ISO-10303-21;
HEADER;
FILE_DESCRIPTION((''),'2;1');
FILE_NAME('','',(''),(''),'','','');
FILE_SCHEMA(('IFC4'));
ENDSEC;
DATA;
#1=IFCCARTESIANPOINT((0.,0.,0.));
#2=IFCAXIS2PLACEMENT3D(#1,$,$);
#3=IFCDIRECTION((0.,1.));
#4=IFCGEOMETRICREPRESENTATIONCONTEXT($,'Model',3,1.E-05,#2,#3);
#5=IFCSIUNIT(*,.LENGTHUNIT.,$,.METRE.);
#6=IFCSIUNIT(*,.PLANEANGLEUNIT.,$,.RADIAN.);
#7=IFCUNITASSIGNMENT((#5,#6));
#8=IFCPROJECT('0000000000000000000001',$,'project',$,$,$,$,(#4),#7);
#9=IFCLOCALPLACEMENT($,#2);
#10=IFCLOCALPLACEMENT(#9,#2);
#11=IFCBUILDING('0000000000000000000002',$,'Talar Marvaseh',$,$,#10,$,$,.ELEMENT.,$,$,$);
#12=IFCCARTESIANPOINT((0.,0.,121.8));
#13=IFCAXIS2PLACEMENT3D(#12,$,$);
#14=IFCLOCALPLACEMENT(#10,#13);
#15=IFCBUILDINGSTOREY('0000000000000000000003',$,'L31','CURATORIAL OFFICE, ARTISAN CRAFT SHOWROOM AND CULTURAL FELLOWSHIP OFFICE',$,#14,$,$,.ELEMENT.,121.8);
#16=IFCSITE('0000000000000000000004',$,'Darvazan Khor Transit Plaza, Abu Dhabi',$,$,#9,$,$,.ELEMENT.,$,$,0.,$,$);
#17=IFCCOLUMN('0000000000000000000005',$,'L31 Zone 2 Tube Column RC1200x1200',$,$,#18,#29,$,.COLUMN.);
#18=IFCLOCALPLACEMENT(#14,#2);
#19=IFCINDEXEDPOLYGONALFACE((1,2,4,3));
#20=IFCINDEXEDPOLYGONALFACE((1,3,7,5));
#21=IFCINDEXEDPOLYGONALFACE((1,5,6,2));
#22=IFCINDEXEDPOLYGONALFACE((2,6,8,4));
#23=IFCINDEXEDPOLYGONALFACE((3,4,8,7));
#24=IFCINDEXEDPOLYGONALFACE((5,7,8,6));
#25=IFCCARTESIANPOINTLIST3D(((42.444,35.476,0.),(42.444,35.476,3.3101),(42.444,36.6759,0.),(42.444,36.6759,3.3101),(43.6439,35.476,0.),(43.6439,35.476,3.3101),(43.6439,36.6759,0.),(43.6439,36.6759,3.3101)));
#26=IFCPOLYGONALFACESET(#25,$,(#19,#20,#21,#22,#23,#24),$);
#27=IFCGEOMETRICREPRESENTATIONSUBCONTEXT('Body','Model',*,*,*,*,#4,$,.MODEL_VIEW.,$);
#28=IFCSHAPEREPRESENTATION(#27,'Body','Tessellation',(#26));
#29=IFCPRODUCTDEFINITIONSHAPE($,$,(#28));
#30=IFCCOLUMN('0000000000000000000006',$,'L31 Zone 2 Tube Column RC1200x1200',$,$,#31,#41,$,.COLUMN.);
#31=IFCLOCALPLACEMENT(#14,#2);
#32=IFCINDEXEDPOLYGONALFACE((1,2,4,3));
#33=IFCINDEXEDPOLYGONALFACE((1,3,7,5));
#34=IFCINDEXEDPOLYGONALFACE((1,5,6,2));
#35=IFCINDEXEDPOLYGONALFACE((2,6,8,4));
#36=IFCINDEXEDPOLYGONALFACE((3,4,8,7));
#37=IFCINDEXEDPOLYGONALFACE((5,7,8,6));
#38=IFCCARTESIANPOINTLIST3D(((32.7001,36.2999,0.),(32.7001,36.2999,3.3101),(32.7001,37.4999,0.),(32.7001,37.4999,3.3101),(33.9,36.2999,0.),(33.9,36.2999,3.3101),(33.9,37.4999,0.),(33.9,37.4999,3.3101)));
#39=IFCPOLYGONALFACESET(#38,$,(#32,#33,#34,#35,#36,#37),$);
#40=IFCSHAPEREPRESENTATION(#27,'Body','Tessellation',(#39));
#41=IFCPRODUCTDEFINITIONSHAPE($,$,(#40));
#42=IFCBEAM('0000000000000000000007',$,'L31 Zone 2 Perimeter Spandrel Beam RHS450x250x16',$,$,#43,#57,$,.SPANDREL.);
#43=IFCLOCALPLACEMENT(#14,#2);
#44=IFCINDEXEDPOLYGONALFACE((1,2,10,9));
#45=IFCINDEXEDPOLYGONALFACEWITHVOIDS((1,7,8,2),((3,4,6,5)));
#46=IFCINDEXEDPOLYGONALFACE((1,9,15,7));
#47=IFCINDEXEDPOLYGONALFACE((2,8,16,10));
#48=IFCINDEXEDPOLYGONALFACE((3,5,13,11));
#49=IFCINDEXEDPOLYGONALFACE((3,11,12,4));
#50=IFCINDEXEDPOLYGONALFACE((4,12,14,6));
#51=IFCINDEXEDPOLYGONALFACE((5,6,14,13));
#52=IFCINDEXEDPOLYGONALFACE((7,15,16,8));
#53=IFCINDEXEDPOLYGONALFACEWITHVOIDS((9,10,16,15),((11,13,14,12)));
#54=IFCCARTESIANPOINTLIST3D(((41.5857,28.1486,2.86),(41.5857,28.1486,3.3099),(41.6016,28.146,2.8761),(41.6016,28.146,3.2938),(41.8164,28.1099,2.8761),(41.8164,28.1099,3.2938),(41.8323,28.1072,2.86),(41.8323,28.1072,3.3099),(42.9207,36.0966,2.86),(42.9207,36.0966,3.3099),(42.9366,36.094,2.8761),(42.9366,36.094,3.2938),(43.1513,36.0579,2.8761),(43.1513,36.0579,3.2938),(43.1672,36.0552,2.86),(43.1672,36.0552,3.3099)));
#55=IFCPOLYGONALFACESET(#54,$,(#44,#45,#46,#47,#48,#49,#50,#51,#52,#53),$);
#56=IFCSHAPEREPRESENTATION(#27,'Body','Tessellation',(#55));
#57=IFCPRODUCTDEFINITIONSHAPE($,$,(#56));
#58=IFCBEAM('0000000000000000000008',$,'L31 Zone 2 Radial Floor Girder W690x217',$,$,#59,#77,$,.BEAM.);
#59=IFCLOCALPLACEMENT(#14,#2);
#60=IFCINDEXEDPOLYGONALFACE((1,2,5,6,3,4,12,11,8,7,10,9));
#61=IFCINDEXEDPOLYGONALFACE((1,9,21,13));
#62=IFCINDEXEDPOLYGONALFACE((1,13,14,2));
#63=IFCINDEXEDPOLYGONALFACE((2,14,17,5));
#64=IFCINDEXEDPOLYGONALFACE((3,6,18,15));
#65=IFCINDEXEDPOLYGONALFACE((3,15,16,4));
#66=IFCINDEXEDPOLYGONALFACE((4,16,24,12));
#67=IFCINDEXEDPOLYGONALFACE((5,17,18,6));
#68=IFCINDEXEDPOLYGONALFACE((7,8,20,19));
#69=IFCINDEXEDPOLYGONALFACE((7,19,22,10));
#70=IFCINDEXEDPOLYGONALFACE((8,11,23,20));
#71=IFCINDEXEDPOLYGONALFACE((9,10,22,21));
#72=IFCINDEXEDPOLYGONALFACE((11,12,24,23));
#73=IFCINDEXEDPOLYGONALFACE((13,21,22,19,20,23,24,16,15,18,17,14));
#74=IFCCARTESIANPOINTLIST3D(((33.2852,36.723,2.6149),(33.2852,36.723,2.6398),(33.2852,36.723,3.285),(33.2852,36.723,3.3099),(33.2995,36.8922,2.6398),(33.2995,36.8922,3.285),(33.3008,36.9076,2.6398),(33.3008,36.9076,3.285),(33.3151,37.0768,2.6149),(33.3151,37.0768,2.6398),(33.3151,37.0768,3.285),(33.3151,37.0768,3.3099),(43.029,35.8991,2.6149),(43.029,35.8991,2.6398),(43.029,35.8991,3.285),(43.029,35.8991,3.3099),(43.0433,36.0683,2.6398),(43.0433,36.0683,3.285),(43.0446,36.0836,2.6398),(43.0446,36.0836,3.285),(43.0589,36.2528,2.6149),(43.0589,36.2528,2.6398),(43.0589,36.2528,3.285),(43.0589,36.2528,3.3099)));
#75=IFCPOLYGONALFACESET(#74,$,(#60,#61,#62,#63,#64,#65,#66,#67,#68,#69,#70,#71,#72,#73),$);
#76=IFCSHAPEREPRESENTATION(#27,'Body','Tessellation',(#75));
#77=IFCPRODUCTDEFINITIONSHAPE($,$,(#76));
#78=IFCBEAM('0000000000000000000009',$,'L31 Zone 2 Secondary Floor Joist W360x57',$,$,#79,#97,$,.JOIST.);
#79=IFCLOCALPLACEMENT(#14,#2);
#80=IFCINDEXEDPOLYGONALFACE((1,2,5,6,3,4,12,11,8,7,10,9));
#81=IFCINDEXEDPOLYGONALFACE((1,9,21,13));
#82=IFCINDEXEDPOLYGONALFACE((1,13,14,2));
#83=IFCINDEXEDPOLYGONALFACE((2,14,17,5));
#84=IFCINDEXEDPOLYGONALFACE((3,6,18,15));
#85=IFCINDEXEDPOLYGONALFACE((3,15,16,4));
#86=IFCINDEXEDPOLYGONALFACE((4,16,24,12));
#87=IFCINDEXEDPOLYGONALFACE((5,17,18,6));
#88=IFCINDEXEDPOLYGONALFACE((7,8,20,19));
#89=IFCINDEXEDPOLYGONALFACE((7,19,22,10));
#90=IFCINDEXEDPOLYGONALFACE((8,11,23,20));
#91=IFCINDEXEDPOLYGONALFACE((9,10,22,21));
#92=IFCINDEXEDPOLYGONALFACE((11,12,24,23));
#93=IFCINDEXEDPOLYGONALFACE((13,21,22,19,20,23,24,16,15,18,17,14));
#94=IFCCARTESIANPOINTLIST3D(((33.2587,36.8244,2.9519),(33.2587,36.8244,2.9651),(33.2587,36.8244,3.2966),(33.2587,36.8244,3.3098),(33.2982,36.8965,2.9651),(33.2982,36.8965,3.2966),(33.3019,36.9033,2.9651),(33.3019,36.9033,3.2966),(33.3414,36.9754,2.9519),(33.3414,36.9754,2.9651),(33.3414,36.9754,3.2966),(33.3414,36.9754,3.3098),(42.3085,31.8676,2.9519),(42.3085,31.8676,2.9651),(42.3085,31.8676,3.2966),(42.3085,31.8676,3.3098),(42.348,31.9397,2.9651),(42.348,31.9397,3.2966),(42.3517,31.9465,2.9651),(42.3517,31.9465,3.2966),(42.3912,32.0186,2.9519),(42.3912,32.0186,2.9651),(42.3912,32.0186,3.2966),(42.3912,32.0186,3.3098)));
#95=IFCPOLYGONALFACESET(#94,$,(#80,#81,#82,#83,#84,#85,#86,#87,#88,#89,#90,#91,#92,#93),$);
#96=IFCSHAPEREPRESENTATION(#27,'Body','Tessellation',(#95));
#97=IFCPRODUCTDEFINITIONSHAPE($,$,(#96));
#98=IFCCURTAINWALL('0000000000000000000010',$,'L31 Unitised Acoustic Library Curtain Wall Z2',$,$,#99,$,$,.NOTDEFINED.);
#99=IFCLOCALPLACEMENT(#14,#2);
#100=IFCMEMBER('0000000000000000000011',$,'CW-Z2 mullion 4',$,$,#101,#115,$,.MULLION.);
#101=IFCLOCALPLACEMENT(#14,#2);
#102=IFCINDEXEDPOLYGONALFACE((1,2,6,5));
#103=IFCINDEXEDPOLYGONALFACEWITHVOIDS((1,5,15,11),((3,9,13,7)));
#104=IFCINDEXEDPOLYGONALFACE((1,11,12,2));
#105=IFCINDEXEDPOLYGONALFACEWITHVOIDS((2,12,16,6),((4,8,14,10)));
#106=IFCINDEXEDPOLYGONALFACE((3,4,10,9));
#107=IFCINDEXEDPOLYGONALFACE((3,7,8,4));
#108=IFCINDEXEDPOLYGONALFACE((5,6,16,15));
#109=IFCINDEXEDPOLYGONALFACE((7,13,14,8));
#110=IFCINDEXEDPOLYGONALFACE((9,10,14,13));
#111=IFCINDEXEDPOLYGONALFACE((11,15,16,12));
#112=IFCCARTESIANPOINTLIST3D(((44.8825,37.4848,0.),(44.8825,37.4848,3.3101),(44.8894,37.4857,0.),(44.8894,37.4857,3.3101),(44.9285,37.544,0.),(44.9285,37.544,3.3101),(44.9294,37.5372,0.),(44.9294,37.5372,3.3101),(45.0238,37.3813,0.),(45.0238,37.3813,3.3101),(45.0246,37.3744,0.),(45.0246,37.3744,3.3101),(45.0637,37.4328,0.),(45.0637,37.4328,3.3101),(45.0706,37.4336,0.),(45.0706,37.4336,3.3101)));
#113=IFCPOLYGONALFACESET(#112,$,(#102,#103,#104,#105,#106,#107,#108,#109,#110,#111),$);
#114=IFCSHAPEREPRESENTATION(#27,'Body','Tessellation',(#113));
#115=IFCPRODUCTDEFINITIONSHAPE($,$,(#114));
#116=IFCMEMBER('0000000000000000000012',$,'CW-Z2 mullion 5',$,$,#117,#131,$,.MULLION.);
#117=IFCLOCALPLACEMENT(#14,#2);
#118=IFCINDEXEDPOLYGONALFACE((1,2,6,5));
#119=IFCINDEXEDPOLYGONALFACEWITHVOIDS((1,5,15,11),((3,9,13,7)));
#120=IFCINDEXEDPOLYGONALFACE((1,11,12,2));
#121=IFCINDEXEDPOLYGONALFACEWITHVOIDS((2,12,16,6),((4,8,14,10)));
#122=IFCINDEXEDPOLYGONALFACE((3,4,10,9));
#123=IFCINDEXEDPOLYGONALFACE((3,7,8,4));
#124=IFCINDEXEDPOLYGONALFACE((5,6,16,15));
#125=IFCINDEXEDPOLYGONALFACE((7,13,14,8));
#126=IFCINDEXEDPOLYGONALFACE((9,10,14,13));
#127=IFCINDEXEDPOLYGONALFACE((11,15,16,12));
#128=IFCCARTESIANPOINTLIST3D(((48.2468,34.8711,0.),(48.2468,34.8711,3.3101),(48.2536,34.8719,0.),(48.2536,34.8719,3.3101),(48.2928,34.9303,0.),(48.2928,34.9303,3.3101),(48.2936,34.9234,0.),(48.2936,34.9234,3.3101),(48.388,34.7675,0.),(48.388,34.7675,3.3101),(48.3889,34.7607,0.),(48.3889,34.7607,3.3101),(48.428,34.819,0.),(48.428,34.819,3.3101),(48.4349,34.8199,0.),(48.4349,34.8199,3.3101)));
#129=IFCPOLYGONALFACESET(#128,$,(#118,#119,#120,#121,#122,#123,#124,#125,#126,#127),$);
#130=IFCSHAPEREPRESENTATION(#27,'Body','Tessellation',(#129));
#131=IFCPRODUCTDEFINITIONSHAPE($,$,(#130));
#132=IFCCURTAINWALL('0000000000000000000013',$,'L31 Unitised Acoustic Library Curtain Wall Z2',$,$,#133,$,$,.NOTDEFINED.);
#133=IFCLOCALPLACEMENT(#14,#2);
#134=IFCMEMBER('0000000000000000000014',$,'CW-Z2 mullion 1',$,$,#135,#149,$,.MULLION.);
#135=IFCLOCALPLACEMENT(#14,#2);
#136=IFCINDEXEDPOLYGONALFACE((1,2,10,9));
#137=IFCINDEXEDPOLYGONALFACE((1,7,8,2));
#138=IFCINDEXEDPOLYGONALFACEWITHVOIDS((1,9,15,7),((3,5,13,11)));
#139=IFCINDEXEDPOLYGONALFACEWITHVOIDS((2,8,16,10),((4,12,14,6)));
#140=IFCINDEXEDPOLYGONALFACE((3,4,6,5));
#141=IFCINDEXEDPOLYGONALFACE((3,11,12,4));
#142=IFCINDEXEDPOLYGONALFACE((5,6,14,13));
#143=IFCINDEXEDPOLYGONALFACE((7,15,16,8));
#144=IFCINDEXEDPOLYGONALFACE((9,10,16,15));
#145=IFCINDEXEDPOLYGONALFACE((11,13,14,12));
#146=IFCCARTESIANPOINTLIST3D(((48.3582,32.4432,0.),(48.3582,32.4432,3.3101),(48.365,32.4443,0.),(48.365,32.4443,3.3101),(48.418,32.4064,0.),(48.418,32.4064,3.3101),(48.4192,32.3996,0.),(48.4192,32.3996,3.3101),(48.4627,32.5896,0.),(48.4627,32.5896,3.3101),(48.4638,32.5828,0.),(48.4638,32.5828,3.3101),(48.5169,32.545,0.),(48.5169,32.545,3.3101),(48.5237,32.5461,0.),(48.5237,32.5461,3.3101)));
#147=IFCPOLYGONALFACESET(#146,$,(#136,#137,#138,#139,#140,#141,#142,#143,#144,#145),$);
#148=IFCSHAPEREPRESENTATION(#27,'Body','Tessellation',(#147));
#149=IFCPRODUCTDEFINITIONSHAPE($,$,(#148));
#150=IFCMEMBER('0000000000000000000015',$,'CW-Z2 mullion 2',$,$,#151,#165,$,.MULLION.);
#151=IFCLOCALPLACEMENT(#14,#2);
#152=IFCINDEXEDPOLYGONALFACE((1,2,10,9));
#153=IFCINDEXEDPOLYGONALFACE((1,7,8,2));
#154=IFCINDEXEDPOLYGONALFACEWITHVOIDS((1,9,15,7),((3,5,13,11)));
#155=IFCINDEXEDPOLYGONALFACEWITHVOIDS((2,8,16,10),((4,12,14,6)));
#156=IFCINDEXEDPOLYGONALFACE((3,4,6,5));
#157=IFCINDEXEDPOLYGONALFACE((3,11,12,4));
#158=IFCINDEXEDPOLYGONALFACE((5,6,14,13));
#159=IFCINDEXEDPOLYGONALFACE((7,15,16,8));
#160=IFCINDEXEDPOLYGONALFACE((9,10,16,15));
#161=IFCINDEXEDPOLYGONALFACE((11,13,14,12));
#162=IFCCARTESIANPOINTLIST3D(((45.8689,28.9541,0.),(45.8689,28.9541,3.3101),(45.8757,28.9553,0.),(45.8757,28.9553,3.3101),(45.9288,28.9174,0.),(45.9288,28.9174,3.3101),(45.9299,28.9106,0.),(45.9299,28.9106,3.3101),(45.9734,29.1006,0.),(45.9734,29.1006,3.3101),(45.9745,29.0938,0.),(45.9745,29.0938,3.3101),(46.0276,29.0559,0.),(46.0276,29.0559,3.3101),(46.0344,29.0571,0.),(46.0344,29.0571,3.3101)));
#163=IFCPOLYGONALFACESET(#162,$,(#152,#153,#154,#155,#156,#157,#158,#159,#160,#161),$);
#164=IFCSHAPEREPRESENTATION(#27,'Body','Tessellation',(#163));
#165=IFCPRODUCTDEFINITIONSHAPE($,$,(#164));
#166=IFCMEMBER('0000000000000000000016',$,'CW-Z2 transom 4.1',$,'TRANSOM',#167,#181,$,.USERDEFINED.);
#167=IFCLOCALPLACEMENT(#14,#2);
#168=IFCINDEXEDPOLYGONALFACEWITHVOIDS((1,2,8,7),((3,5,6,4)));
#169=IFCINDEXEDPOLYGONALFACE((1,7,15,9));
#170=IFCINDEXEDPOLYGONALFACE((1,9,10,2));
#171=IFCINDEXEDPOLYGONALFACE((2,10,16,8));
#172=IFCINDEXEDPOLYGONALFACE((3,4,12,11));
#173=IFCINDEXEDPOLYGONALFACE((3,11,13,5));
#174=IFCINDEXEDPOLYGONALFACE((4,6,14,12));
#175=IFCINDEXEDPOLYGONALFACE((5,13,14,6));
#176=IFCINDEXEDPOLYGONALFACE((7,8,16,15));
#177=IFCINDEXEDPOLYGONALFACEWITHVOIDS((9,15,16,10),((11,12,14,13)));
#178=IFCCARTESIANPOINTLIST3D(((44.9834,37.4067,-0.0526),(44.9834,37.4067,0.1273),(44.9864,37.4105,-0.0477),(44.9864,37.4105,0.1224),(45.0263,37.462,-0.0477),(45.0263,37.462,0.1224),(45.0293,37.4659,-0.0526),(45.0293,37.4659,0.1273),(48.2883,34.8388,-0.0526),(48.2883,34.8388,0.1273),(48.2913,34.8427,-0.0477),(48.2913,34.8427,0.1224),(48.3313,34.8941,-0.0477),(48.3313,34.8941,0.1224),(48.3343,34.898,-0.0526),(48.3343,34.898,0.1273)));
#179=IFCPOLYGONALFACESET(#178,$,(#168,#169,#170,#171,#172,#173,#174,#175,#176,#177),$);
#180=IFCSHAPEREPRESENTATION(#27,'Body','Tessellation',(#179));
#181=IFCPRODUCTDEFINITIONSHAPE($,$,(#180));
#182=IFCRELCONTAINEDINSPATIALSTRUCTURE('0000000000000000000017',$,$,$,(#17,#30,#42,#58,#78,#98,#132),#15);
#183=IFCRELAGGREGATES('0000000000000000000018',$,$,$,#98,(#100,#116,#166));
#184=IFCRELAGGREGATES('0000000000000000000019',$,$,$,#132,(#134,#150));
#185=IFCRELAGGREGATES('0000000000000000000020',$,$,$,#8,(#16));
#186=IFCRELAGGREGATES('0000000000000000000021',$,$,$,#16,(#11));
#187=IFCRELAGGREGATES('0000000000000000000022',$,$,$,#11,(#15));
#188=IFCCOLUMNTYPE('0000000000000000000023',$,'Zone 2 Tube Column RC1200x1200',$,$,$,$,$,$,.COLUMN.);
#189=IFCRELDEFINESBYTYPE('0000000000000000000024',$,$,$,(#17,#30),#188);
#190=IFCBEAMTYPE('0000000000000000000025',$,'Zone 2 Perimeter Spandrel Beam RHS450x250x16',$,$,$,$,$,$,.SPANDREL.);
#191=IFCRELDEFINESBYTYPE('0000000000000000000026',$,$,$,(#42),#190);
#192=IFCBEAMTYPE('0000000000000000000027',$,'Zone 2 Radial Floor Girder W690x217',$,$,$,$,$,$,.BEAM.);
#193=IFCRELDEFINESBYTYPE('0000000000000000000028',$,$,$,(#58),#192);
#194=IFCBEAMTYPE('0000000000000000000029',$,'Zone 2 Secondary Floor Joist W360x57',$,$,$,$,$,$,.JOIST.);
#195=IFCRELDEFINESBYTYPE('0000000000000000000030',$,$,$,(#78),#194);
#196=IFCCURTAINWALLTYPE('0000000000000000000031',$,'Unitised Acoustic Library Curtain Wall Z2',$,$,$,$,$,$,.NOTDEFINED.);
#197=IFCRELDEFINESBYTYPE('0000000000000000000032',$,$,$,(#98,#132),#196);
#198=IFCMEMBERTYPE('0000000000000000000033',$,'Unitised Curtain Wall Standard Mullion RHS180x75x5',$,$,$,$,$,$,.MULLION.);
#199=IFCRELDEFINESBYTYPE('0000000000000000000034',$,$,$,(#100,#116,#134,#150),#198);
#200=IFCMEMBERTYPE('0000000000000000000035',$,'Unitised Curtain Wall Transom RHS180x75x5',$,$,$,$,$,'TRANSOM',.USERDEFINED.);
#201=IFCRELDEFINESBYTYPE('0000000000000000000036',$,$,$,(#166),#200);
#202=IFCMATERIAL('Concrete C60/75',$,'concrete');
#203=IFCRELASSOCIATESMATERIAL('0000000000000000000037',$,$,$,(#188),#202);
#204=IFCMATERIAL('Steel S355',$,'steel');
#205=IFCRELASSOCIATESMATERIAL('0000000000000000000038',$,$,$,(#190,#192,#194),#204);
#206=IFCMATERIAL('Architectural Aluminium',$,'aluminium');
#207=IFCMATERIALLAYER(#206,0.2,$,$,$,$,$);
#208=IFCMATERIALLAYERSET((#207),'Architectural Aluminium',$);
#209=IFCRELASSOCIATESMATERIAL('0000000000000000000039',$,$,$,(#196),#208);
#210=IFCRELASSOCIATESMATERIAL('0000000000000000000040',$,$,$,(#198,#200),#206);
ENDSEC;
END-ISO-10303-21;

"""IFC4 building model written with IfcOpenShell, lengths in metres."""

from ifc_helpers import new_model, si_unit, direction, frame, origin, origin_2d, place, context, subcontext, project, spatial, rectangle, hollow_rectangle, i_section, extrude, source, transform, mapped, material, layer, layer_set, material_profile, profile_set, type_object, type_shapes, element, aggregate, save


model = new_model("IFC4")

# Units and contexts
model_context = context("Model", 3, precision=1e-05, world=origin(), true_north=direction((0.0, 1.0)))
body_context = subcontext(model_context, "Body", "Model", "MODEL_VIEW")
ifc_project = project(units=[si_unit("LENGTHUNIT", "METRE"), si_unit("PLANEANGLEUNIT", "RADIAN")], contexts=[model_context])

# Site, building, storey
site_placement = place(None, origin())
site = spatial("IfcSite", under=ifc_project, at=site_placement, Name="Darvazan Khor Transit Plaza, Abu Dhabi", CompositionType="ELEMENT", RefElevation=0.0)
building_placement = place(site_placement, origin())
building = spatial("IfcBuilding", under=site, at=building_placement, Name="Talar Marvaseh", CompositionType="ELEMENT")
storey_placement = place(building_placement, frame((0.0, 0.0, 121.8)))
storey = spatial("IfcBuildingStorey", under=building, at=storey_placement, Name="L31", Description="CURATORIAL OFFICE, ARTISAN CRAFT SHOWROOM AND CULTURAL FELLOWSHIP OFFICE", CompositionType="ELEMENT", Elevation=121.8)

# Columns
ifc_material_1 = material(Name="Concrete C60/75", Category="concrete")
ifc_material_profile_1 = material_profile(ifc_material_1, rectangle(XDim=1.2, YDim=1.2, at=origin_2d()), Name="RC1200x1200")
ifc_profile_set_1 = profile_set([ifc_material_profile_1], Name="Concrete C60/75")
column_type = type_object("IfcColumnType", Name="Zone 2 Tube Column RC1200x1200", PredefinedType="COLUMN", material=ifc_profile_set_1)
for number, where, z_axis, x_axis, name in (
    (1, (43.0439, 36.0759, 0.0), (0.0, 0.0, 1.0), (1.0, 0.0, 0.0), "L31 Zone 2 Tube Column RC1200x1200"),
    (2, (33.3, 36.8999, 0.0), (0.0, 0.0, 1.0), (1.0, 0.0, 0.0), "L31 Zone 2 Tube Column RC1200x1200"),
):
    element("IfcColumn", number, at=place(storey_placement, frame(where, z_axis=z_axis, x_axis=x_axis)), inside=storey, type_object=column_type, Name=name, PredefinedType="COLUMN", context=body_context, shape_type="SweptSolid", body=[
        extrude(rectangle(XDim=1.2, YDim=1.2, at=origin_2d()), origin(), (0.0, 0.0, 1.0), 3.3101),
    ])

# Beams
ifc_material_2 = material(Name="Steel S355", Category="steel")
ifc_material_profile_2 = material_profile(ifc_material_2, hollow_rectangle(XDim=0.25, YDim=0.45, WallThickness=0.0161, at=origin_2d()), Name="RHS450x250x16")
ifc_profile_set_2 = profile_set([ifc_material_profile_2], Name="Steel S355")
beam_type_1 = type_object("IfcBeamType", Name="Zone 2 Perimeter Spandrel Beam RHS450x250x16", PredefinedType="SPANDREL", material=ifc_profile_set_2)
beam_1_placement = place(storey_placement, frame((43.0439, 36.0759, 3.085), z_axis=(-0.165642, -0.986186, 0.0), x_axis=(0.986186, -0.165642, 0.0)))
element("IfcBeam", 3, at=beam_1_placement, inside=storey, type_object=beam_type_1, Name="L31 Zone 2 Perimeter Spandrel Beam RHS450x250x16", PredefinedType="SPANDREL", context=body_context, shape_type="SweptSolid", body=[
    extrude(hollow_rectangle(XDim=0.25, YDim=0.45, WallThickness=0.0161, at=origin_2d()), origin(), (0.0, 0.0, 1.0), 8.0593),
])
ifc_material_profile_3 = material_profile(ifc_material_2, i_section(OverallWidth=0.355, OverallDepth=0.6951, WebThickness=0.0154, FlangeThickness=0.0249, at=origin_2d()), Name="W690x217")
ifc_profile_set_3 = profile_set([ifc_material_profile_3], Name="Steel S355")
beam_type_2 = type_object("IfcBeamType", Name="Zone 2 Radial Floor Girder W690x217", PredefinedType="BEAM", material=ifc_profile_set_3)
beam_2_placement = place(storey_placement, frame((43.0439, 36.0759, 2.9624), z_axis=(-0.996444, 0.084262, 0.0), x_axis=(-0.084262, -0.996444, 0.0)))
element("IfcBeam", 4, at=beam_2_placement, inside=storey, type_object=beam_type_2, Name="L31 Zone 2 Radial Floor Girder W690x217", PredefinedType="BEAM", context=body_context, shape_type="SweptSolid", body=[
    extrude(i_section(OverallWidth=0.355, OverallDepth=0.6951, WebThickness=0.0154, FlangeThickness=0.0249, at=origin_2d()), origin(), (0.0, 0.0, 1.0), 9.7786),
])
ifc_material_profile_4 = material_profile(ifc_material_2, i_section(OverallWidth=0.1721, OverallDepth=0.3579, WebThickness=0.0078, FlangeThickness=0.0132, at=origin_2d()), Name="W360x57")
ifc_profile_set_4 = profile_set([ifc_material_profile_4], Name="Steel S355")
beam_type_3 = type_object("IfcBeamType", Name="Zone 2 Secondary Floor Joist W360x57", PredefinedType="JOIST", material=ifc_profile_set_4)
beam_3_placement = place(storey_placement, frame((42.3499, 31.9431, 3.1309), z_axis=(-0.877058, 0.480385, 0.0), x_axis=(-0.480385, -0.877058, 0.0)))
element("IfcBeam", 5, at=beam_3_placement, inside=storey, type_object=beam_type_3, Name="L31 Zone 2 Secondary Floor Joist W360x57", PredefinedType="JOIST", context=body_context, shape_type="SweptSolid", body=[
    extrude(i_section(OverallWidth=0.1721, OverallDepth=0.3579, WebThickness=0.0078, FlangeThickness=0.0132, at=origin_2d()), origin(), (0.0, 0.0, 1.0), 10.3184),
])

# Curtain walls, members
ifc_material_3 = material(Name="Architectural Aluminium", Category="aluminium")
ifc_layer_1 = layer(ifc_material_3, 0.2)
ifc_layer_set_1 = layer_set([ifc_layer_1], Name="Architectural Aluminium")
curtain_wall_type = type_object("IfcCurtainWallType", Name="Unitised Acoustic Library Curtain Wall Z2", PredefinedType="NOTDEFINED", material=ifc_layer_set_1)
curtain_wall_1_placement = place(storey_placement, origin())
curtain_wall_1 = element("IfcCurtainWall", 6, at=curtain_wall_1_placement, inside=storey, type_object=curtain_wall_type, Name="L31 Unitised Acoustic Library Curtain Wall Z2", PredefinedType="NOTDEFINED")
ifc_material_profile_5 = material_profile(ifc_material_3, hollow_rectangle(XDim=0.075, YDim=0.1799, WallThickness=0.0049, at=origin_2d()), Name="RHS180x75x5")
ifc_profile_set_5 = profile_set([ifc_material_profile_5], Name="Architectural Aluminium")
member_type_1 = type_object("IfcMemberType", Name="Unitised Curtain Wall Standard Mullion RHS180x75x5", PredefinedType="MULLION", material=ifc_profile_set_5)
shared_shape_1 = source(origin(), body_context, "Body", "SweptSolid", [
    extrude(hollow_rectangle(XDim=0.075, YDim=0.1799, WallThickness=0.0049, at=origin_2d()), origin(), (0.0, 0.0, 1.0), 3.3101),
])
type_shapes(member_type_1, [shared_shape_1])
member_1_placement = place(storey_placement, frame((44.9766, 37.4592, 0.0), z_axis=(0.0, 0.0, 1.0), x_axis=(0.613545, 0.78966, 0.0)))
member_1 = element("IfcMember", 7, at=member_1_placement, type_object=member_type_1, Name="CW-Z2 mullion 4", PredefinedType="MULLION", context=body_context, shape_type="MappedRepresentation", body=[
    mapped(shared_shape_1, transform((0.0, 0.0, 0.0), x_axis=(1.0, 0.0, 0.0), y_axis=(0.0, 1.0, 0.0), z_axis=(0.0, 0.0, 1.0), scale=1.0)),
])
member_2_placement = place(storey_placement, frame((48.3408, 34.8455, 0.0), z_axis=(0.0, 0.0, 1.0), x_axis=(0.613545, 0.78966, 0.0)))
member_2 = element("IfcMember", 8, at=member_2_placement, type_object=member_type_1, Name="CW-Z2 mullion 5", PredefinedType="MULLION", context=body_context, shape_type="MappedRepresentation", body=[
    mapped(shared_shape_1, transform((0.0, 0.0, 0.0), x_axis=(1.0, 0.0, 0.0), y_axis=(0.0, 1.0, 0.0), z_axis=(0.0, 0.0, 1.0), scale=1.0)),
])
curtain_wall_2_placement = place(storey_placement, origin())
curtain_wall_2 = element("IfcCurtainWall", 9, at=curtain_wall_2_placement, inside=storey, type_object=curtain_wall_type, Name="L31 Unitised Acoustic Library Curtain Wall Z2", PredefinedType="NOTDEFINED")
member_3_placement = place(storey_placement, frame((48.4409, 32.4946, 0.0), z_axis=(0.0, 0.0, 1.0), x_axis=(0.814026, -0.580829, 0.0)))
member_3 = element("IfcMember", 10, at=member_3_placement, type_object=member_type_1, Name="CW-Z2 mullion 1", PredefinedType="MULLION", context=body_context, shape_type="MappedRepresentation", body=[
    mapped(shared_shape_1, transform((0.0, 0.0, 0.0), x_axis=(1.0, 0.0, 0.0), y_axis=(0.0, 1.0, 0.0), z_axis=(0.0, 0.0, 1.0), scale=1.0)),
])
member_4_placement = place(storey_placement, frame((45.9517, 29.0056, 0.0), z_axis=(0.0, 0.0, 1.0), x_axis=(0.814026, -0.580829, 0.0)))
member_4 = element("IfcMember", 11, at=member_4_placement, type_object=member_type_1, Name="CW-Z2 mullion 2", PredefinedType="MULLION", context=body_context, shape_type="MappedRepresentation", body=[
    mapped(shared_shape_1, transform((0.0, 0.0, 0.0), x_axis=(1.0, 0.0, 0.0), y_axis=(0.0, 1.0, 0.0), z_axis=(0.0, 0.0, 1.0), scale=1.0)),
])

# Member
ifc_material_profile_6 = material_profile(ifc_material_3, hollow_rectangle(XDim=0.075, YDim=0.1799, WallThickness=0.0049, at=origin_2d()), Name="RHS180x75x5")
ifc_profile_set_6 = profile_set([ifc_material_profile_6], Name="Architectural Aluminium")
member_type_2 = type_object("IfcMemberType", Name="Unitised Curtain Wall Transom RHS180x75x5", ElementType="TRANSOM", PredefinedType="USERDEFINED", material=ifc_profile_set_6)
shared_shape_2 = source(origin(), body_context, "Body", "SweptSolid", [
    extrude(hollow_rectangle(XDim=0.075, YDim=0.1799, WallThickness=0.0049, at=origin_2d()), origin(), (0.0, 0.0, 1.0), 4.1853),
])
member_5_placement = place(storey_placement, frame((45.0063, 37.4363, 0.0374), z_axis=(0.789657, -0.613549, 0.0), x_axis=(0.613549, 0.789657, 0.0)))
member_5 = element("IfcMember", 12, at=member_5_placement, type_object=member_type_2, Name="CW-Z2 transom 4.1", ObjectType="TRANSOM", PredefinedType="USERDEFINED", context=body_context, shape_type="MappedRepresentation", body=[
    mapped(shared_shape_2, transform((0.0, 0.0, 0.0), x_axis=(1.0, 0.0, 0.0), y_axis=(0.0, 1.0, 0.0), z_axis=(0.0, 0.0, 1.0), scale=1.0)),
])

aggregate(curtain_wall_1, [member_1, member_2, member_5])
aggregate(curtain_wall_2, [member_3, member_4])

save(model, "model.ifc")
